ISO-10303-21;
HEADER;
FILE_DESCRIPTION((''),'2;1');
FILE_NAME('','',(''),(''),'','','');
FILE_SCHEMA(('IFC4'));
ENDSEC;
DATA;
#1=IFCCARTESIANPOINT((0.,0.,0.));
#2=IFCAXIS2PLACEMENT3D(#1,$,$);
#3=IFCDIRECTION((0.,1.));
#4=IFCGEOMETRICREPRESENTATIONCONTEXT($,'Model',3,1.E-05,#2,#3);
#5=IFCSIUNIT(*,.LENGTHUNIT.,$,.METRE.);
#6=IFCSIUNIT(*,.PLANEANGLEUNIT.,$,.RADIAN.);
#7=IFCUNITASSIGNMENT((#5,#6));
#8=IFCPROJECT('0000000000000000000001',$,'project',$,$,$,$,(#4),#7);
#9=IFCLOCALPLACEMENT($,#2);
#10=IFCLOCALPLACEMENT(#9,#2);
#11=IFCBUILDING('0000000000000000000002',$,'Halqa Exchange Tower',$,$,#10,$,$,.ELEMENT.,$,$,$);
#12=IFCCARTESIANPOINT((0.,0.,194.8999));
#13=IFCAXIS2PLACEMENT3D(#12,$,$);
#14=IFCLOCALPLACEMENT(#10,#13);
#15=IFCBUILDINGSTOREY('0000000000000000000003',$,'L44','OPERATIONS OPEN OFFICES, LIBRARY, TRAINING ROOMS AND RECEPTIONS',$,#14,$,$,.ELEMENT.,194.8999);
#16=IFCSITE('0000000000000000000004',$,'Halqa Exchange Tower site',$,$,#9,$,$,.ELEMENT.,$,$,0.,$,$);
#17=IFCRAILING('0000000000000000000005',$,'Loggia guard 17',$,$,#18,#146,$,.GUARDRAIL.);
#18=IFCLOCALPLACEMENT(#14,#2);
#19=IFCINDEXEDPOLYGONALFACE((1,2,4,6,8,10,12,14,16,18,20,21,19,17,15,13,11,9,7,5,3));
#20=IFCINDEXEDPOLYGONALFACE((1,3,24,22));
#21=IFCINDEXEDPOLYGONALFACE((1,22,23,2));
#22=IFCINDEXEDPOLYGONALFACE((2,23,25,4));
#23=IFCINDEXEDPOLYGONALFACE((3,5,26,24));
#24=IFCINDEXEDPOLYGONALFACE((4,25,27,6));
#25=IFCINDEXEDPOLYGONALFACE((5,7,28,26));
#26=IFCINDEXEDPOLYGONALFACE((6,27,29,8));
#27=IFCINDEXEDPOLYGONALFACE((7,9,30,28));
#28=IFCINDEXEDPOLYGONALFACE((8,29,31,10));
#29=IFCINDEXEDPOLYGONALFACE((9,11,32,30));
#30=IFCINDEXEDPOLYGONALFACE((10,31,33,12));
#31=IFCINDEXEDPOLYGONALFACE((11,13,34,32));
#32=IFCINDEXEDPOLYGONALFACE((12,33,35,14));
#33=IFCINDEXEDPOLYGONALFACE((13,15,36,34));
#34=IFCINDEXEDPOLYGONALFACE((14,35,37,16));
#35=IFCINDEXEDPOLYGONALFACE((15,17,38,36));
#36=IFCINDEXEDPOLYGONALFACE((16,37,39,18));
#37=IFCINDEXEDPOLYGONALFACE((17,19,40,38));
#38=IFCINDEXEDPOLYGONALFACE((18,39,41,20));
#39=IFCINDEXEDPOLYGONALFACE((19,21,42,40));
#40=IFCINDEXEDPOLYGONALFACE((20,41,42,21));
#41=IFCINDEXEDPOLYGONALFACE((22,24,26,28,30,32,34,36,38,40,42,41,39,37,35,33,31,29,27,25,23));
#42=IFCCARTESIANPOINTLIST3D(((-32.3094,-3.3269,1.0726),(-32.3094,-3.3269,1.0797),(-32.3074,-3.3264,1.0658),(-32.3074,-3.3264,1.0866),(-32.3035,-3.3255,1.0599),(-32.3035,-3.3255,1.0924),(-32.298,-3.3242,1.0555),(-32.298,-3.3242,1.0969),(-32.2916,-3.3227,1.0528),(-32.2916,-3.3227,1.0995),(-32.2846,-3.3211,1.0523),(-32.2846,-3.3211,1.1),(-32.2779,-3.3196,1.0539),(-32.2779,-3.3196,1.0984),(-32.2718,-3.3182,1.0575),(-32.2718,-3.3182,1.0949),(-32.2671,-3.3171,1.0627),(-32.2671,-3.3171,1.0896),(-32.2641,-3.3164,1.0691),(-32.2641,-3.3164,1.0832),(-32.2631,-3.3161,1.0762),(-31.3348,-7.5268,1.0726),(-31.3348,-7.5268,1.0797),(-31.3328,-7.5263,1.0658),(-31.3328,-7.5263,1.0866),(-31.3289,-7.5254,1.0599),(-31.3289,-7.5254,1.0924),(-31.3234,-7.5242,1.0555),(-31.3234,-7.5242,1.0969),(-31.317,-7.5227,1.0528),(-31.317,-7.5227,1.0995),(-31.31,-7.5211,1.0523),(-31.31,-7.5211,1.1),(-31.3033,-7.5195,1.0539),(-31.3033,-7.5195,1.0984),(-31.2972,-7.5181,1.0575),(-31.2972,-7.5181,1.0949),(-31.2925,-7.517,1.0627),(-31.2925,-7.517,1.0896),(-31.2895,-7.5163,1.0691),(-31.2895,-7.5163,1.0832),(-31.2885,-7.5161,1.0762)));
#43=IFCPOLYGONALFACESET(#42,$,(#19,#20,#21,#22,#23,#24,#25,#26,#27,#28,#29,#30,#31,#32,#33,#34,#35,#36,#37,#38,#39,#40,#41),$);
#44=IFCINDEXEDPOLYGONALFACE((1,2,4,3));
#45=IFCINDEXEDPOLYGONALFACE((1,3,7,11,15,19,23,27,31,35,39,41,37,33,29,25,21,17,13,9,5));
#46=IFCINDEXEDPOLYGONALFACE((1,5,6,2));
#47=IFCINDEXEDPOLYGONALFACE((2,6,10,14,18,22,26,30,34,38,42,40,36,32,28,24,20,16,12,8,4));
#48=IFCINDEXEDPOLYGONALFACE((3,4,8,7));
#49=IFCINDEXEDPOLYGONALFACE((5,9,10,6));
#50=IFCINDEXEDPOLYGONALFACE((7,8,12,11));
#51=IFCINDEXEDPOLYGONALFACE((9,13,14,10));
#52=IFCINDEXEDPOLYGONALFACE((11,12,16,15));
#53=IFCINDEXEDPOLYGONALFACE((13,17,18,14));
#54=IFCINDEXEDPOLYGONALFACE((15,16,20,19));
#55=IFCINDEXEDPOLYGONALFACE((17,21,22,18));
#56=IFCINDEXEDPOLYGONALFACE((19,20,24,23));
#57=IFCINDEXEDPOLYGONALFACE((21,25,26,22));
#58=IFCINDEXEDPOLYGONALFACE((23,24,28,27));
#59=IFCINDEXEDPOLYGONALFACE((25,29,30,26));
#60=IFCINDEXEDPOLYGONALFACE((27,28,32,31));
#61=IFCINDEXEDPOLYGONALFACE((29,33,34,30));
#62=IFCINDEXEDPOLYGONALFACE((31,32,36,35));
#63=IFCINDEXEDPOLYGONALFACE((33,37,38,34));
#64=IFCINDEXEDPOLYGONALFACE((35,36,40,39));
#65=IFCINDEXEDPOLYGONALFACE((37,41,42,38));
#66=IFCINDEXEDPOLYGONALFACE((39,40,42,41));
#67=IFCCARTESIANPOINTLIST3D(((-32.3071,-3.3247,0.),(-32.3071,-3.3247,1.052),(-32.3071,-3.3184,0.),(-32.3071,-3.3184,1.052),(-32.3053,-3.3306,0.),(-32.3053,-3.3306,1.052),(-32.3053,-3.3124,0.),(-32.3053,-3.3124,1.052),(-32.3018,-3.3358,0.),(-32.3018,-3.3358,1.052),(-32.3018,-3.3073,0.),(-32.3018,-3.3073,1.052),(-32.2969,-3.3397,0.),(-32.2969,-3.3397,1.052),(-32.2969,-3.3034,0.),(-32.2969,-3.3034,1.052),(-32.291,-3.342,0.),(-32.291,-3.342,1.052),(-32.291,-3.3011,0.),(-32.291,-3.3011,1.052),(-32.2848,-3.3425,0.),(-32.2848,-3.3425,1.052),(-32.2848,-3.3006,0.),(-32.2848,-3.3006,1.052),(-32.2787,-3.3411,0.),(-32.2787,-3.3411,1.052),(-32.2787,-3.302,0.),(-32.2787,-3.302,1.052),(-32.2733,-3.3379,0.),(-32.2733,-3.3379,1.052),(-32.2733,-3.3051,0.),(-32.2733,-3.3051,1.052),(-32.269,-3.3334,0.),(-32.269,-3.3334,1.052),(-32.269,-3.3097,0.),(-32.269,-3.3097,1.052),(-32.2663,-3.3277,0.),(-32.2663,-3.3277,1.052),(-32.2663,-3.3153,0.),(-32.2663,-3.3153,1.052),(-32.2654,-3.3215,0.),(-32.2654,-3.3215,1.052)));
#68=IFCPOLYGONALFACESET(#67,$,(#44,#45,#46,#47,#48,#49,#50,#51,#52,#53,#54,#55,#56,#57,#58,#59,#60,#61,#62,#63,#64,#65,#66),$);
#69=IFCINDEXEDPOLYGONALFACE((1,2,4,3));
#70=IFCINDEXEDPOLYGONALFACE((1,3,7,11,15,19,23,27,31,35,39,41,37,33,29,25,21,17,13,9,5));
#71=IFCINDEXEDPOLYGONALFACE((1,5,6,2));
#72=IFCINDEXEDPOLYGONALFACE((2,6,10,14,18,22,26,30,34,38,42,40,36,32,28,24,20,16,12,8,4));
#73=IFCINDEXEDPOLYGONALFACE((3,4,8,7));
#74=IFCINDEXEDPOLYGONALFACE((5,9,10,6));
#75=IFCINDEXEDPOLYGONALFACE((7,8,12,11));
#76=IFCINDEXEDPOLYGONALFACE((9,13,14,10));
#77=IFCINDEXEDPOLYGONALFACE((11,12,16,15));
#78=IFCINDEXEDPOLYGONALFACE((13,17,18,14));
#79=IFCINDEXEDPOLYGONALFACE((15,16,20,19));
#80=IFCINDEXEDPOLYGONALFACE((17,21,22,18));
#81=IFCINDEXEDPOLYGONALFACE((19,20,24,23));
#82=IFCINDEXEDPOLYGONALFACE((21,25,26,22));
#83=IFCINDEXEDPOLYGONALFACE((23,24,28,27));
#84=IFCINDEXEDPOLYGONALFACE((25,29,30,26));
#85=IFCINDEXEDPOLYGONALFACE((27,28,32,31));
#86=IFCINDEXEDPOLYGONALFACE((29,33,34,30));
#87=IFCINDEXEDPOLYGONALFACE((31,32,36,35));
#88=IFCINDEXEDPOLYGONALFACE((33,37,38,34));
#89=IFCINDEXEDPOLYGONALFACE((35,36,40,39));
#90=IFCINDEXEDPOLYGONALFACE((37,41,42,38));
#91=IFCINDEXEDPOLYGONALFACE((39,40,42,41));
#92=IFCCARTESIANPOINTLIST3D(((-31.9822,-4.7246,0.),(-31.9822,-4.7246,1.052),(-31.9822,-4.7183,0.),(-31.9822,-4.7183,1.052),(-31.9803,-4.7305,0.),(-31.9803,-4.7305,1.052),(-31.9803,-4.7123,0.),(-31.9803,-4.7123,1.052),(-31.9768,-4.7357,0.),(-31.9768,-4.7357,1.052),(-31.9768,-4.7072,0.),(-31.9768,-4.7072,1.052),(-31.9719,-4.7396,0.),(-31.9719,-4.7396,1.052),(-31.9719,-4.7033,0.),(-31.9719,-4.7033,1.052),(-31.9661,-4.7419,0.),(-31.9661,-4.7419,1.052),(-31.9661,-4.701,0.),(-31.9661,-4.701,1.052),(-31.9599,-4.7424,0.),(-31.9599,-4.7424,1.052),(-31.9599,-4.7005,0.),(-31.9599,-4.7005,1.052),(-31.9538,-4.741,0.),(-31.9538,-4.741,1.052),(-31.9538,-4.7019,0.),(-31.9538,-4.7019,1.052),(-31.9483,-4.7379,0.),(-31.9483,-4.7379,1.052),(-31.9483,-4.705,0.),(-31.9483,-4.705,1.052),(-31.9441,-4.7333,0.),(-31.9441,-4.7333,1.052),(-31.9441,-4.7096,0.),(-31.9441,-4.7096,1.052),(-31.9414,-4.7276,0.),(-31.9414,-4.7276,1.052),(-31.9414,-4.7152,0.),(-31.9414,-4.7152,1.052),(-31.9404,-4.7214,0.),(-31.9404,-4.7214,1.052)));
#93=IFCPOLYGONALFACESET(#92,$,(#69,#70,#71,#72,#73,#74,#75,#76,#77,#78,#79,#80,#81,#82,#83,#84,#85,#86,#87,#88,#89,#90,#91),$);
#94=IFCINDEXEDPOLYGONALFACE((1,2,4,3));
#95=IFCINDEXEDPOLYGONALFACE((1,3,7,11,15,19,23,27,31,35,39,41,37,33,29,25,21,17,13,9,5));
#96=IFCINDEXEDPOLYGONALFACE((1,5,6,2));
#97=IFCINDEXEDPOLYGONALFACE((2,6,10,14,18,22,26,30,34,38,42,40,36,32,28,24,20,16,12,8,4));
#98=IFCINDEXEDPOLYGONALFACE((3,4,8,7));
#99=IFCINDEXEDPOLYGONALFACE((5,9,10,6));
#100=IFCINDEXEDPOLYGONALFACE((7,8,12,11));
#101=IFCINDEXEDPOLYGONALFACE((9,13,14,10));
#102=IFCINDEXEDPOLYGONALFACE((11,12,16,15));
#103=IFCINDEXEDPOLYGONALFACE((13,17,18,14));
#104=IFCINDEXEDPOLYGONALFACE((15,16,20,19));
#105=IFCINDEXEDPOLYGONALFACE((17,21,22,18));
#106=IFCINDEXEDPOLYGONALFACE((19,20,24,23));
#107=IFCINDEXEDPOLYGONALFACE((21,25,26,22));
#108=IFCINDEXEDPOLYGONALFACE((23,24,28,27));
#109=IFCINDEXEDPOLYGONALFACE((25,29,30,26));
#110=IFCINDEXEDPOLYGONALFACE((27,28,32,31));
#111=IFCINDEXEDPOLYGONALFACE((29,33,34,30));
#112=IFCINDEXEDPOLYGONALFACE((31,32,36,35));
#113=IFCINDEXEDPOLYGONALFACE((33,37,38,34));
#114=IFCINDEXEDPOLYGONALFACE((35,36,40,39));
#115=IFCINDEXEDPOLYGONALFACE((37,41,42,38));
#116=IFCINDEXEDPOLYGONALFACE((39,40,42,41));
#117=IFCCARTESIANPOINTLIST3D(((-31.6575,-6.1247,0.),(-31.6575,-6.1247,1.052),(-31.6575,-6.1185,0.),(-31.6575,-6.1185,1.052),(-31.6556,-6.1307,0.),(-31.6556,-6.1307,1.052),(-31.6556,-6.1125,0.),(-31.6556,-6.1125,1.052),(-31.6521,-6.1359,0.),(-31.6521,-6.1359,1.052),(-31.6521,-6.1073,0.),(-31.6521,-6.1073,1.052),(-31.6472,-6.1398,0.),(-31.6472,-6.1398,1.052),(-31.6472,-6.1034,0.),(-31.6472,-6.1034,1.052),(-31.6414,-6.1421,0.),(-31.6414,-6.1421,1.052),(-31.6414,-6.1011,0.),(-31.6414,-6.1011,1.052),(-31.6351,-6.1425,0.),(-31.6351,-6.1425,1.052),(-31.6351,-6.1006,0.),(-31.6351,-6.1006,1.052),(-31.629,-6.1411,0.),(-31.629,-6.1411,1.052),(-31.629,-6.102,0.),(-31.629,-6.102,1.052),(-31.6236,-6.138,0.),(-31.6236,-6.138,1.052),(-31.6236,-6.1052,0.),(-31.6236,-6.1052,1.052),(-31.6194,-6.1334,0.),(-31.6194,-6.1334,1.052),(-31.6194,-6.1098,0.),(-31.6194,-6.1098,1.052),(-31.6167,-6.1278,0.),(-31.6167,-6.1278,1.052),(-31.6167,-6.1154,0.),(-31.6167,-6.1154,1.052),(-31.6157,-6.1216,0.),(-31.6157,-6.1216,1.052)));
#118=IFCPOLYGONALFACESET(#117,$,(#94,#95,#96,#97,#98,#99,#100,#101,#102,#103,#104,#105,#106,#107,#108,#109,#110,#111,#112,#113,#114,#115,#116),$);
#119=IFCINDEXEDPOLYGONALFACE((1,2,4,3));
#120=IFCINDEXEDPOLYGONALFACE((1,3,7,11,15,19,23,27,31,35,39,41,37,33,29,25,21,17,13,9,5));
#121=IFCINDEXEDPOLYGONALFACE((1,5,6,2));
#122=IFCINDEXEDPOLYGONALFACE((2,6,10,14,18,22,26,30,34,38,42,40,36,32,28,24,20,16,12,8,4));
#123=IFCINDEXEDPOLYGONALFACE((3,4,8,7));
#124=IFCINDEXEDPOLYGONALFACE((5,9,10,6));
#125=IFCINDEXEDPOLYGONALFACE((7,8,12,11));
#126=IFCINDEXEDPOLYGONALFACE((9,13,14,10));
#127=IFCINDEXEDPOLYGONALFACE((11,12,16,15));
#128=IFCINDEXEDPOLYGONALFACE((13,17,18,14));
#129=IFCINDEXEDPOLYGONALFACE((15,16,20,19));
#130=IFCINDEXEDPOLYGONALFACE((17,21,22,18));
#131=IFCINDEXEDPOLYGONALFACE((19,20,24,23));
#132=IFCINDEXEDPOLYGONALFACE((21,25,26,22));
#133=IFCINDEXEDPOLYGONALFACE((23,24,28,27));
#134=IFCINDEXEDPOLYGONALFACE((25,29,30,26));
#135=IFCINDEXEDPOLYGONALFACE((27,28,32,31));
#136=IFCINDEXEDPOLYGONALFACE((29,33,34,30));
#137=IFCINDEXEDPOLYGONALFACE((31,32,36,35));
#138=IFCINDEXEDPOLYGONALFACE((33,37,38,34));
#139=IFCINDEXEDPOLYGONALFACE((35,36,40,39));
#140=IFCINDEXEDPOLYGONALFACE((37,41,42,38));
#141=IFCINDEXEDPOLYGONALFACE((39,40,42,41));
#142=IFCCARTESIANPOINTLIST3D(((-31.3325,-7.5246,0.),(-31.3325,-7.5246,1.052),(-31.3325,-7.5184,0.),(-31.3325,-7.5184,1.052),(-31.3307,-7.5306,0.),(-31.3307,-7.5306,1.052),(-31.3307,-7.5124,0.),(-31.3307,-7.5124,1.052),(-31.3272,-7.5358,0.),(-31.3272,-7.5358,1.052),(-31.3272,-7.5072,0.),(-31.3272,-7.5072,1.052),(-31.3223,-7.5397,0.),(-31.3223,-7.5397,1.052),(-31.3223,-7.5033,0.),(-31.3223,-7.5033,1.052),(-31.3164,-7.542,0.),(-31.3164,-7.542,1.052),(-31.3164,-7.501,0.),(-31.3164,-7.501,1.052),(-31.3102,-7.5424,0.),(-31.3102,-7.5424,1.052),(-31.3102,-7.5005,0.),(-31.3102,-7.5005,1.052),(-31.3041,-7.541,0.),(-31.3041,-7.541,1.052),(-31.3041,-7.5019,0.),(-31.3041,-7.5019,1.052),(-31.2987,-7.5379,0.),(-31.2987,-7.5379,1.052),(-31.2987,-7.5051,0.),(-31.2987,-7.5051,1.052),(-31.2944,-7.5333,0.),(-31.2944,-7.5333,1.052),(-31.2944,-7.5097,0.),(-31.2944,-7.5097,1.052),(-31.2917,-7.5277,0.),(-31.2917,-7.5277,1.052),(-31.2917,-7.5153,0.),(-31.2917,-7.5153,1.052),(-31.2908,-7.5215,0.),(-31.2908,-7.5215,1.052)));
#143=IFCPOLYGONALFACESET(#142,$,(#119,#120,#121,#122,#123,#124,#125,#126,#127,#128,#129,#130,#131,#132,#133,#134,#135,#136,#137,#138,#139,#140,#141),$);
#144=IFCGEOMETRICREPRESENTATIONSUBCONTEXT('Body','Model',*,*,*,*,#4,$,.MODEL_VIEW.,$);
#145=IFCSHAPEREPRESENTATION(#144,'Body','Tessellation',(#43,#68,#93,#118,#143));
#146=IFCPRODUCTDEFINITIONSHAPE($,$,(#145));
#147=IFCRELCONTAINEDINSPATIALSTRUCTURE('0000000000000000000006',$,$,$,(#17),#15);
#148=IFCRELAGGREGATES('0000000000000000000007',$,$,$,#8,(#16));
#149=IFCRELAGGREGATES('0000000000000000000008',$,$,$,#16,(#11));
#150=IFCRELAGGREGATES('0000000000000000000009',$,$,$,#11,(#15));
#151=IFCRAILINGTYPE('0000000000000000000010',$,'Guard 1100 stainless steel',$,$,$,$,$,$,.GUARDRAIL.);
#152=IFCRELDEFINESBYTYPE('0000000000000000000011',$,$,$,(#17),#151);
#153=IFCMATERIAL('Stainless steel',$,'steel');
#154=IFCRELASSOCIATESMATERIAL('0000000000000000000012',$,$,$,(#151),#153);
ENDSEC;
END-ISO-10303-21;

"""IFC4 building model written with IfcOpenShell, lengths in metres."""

from ifc_helpers import new_model, si_unit, direction, frame, origin, origin_2d, place, context, subcontext, project, spatial, circle, extrude, material, type_object, element, save


model = new_model("IFC4")

# Units and contexts
model_context = context("Model", 3, precision=1e-05, world=origin(), true_north=direction((0.0, 1.0)))
body_context = subcontext(model_context, "Body", "Model", "MODEL_VIEW")
ifc_project = project(units=[si_unit("LENGTHUNIT", "METRE"), si_unit("PLANEANGLEUNIT", "RADIAN")], contexts=[model_context])

# Site, building, storey
site_placement = place(None, origin())
site = spatial("IfcSite", under=ifc_project, at=site_placement, Name="Halqa Exchange Tower site", CompositionType="ELEMENT", RefElevation=0.0)
building_placement = place(site_placement, origin())
building = spatial("IfcBuilding", under=site, at=building_placement, Name="Halqa Exchange Tower", CompositionType="ELEMENT")
storey_placement = place(building_placement, frame((0.0, 0.0, 194.8999)))
storey = spatial("IfcBuildingStorey", under=building, at=storey_placement, Name="L44", Description="OPERATIONS OPEN OFFICES, LIBRARY, TRAINING ROOMS AND RECEPTIONS", CompositionType="ELEMENT", Elevation=194.8999)

# Railing
ifc_material_1 = material(Name="Stainless steel", Category="steel")
railing_type = type_object("IfcRailingType", Name="Guard 1100 stainless steel", PredefinedType="GUARDRAIL", material=ifc_material_1)
railing_1_placement = place(storey_placement, frame((-32.2864, -3.3215, 0.0)))
element("IfcRailing", 1, at=railing_1_placement, inside=storey, type_object=railing_type, Name="Loggia guard 17", PredefinedType="GUARDRAIL", context=body_context, shape_type="SweptSolid", body=[
    extrude(circle(Radius=0.0239, at=origin_2d()), frame((0.0, 0.0, 1.0762), z_axis=(0.226046, -0.974117, 0.0), x_axis=(0.974117, 0.226046, 0.0)), (0.0, 0.0, 1.0), 4.3115),
    extrude(circle(Radius=0.021, at=origin_2d()), origin(), (0.0, 0.0, 1.0), 1.052),
    extrude(circle(Radius=0.021, at=origin_2d()), frame((0.325, -1.3999, 0.0)), (0.0, 0.0, 1.0), 1.052),
    extrude(circle(Radius=0.021, at=origin_2d()), frame((0.6497, -2.8, 0.0)), (0.0, 0.0, 1.0), 1.052),
    extrude(circle(Radius=0.021, at=origin_2d()), frame((0.9746, -4.2, 0.0)), (0.0, 0.0, 1.0), 1.052),
])

save(model, "model.ifc")
